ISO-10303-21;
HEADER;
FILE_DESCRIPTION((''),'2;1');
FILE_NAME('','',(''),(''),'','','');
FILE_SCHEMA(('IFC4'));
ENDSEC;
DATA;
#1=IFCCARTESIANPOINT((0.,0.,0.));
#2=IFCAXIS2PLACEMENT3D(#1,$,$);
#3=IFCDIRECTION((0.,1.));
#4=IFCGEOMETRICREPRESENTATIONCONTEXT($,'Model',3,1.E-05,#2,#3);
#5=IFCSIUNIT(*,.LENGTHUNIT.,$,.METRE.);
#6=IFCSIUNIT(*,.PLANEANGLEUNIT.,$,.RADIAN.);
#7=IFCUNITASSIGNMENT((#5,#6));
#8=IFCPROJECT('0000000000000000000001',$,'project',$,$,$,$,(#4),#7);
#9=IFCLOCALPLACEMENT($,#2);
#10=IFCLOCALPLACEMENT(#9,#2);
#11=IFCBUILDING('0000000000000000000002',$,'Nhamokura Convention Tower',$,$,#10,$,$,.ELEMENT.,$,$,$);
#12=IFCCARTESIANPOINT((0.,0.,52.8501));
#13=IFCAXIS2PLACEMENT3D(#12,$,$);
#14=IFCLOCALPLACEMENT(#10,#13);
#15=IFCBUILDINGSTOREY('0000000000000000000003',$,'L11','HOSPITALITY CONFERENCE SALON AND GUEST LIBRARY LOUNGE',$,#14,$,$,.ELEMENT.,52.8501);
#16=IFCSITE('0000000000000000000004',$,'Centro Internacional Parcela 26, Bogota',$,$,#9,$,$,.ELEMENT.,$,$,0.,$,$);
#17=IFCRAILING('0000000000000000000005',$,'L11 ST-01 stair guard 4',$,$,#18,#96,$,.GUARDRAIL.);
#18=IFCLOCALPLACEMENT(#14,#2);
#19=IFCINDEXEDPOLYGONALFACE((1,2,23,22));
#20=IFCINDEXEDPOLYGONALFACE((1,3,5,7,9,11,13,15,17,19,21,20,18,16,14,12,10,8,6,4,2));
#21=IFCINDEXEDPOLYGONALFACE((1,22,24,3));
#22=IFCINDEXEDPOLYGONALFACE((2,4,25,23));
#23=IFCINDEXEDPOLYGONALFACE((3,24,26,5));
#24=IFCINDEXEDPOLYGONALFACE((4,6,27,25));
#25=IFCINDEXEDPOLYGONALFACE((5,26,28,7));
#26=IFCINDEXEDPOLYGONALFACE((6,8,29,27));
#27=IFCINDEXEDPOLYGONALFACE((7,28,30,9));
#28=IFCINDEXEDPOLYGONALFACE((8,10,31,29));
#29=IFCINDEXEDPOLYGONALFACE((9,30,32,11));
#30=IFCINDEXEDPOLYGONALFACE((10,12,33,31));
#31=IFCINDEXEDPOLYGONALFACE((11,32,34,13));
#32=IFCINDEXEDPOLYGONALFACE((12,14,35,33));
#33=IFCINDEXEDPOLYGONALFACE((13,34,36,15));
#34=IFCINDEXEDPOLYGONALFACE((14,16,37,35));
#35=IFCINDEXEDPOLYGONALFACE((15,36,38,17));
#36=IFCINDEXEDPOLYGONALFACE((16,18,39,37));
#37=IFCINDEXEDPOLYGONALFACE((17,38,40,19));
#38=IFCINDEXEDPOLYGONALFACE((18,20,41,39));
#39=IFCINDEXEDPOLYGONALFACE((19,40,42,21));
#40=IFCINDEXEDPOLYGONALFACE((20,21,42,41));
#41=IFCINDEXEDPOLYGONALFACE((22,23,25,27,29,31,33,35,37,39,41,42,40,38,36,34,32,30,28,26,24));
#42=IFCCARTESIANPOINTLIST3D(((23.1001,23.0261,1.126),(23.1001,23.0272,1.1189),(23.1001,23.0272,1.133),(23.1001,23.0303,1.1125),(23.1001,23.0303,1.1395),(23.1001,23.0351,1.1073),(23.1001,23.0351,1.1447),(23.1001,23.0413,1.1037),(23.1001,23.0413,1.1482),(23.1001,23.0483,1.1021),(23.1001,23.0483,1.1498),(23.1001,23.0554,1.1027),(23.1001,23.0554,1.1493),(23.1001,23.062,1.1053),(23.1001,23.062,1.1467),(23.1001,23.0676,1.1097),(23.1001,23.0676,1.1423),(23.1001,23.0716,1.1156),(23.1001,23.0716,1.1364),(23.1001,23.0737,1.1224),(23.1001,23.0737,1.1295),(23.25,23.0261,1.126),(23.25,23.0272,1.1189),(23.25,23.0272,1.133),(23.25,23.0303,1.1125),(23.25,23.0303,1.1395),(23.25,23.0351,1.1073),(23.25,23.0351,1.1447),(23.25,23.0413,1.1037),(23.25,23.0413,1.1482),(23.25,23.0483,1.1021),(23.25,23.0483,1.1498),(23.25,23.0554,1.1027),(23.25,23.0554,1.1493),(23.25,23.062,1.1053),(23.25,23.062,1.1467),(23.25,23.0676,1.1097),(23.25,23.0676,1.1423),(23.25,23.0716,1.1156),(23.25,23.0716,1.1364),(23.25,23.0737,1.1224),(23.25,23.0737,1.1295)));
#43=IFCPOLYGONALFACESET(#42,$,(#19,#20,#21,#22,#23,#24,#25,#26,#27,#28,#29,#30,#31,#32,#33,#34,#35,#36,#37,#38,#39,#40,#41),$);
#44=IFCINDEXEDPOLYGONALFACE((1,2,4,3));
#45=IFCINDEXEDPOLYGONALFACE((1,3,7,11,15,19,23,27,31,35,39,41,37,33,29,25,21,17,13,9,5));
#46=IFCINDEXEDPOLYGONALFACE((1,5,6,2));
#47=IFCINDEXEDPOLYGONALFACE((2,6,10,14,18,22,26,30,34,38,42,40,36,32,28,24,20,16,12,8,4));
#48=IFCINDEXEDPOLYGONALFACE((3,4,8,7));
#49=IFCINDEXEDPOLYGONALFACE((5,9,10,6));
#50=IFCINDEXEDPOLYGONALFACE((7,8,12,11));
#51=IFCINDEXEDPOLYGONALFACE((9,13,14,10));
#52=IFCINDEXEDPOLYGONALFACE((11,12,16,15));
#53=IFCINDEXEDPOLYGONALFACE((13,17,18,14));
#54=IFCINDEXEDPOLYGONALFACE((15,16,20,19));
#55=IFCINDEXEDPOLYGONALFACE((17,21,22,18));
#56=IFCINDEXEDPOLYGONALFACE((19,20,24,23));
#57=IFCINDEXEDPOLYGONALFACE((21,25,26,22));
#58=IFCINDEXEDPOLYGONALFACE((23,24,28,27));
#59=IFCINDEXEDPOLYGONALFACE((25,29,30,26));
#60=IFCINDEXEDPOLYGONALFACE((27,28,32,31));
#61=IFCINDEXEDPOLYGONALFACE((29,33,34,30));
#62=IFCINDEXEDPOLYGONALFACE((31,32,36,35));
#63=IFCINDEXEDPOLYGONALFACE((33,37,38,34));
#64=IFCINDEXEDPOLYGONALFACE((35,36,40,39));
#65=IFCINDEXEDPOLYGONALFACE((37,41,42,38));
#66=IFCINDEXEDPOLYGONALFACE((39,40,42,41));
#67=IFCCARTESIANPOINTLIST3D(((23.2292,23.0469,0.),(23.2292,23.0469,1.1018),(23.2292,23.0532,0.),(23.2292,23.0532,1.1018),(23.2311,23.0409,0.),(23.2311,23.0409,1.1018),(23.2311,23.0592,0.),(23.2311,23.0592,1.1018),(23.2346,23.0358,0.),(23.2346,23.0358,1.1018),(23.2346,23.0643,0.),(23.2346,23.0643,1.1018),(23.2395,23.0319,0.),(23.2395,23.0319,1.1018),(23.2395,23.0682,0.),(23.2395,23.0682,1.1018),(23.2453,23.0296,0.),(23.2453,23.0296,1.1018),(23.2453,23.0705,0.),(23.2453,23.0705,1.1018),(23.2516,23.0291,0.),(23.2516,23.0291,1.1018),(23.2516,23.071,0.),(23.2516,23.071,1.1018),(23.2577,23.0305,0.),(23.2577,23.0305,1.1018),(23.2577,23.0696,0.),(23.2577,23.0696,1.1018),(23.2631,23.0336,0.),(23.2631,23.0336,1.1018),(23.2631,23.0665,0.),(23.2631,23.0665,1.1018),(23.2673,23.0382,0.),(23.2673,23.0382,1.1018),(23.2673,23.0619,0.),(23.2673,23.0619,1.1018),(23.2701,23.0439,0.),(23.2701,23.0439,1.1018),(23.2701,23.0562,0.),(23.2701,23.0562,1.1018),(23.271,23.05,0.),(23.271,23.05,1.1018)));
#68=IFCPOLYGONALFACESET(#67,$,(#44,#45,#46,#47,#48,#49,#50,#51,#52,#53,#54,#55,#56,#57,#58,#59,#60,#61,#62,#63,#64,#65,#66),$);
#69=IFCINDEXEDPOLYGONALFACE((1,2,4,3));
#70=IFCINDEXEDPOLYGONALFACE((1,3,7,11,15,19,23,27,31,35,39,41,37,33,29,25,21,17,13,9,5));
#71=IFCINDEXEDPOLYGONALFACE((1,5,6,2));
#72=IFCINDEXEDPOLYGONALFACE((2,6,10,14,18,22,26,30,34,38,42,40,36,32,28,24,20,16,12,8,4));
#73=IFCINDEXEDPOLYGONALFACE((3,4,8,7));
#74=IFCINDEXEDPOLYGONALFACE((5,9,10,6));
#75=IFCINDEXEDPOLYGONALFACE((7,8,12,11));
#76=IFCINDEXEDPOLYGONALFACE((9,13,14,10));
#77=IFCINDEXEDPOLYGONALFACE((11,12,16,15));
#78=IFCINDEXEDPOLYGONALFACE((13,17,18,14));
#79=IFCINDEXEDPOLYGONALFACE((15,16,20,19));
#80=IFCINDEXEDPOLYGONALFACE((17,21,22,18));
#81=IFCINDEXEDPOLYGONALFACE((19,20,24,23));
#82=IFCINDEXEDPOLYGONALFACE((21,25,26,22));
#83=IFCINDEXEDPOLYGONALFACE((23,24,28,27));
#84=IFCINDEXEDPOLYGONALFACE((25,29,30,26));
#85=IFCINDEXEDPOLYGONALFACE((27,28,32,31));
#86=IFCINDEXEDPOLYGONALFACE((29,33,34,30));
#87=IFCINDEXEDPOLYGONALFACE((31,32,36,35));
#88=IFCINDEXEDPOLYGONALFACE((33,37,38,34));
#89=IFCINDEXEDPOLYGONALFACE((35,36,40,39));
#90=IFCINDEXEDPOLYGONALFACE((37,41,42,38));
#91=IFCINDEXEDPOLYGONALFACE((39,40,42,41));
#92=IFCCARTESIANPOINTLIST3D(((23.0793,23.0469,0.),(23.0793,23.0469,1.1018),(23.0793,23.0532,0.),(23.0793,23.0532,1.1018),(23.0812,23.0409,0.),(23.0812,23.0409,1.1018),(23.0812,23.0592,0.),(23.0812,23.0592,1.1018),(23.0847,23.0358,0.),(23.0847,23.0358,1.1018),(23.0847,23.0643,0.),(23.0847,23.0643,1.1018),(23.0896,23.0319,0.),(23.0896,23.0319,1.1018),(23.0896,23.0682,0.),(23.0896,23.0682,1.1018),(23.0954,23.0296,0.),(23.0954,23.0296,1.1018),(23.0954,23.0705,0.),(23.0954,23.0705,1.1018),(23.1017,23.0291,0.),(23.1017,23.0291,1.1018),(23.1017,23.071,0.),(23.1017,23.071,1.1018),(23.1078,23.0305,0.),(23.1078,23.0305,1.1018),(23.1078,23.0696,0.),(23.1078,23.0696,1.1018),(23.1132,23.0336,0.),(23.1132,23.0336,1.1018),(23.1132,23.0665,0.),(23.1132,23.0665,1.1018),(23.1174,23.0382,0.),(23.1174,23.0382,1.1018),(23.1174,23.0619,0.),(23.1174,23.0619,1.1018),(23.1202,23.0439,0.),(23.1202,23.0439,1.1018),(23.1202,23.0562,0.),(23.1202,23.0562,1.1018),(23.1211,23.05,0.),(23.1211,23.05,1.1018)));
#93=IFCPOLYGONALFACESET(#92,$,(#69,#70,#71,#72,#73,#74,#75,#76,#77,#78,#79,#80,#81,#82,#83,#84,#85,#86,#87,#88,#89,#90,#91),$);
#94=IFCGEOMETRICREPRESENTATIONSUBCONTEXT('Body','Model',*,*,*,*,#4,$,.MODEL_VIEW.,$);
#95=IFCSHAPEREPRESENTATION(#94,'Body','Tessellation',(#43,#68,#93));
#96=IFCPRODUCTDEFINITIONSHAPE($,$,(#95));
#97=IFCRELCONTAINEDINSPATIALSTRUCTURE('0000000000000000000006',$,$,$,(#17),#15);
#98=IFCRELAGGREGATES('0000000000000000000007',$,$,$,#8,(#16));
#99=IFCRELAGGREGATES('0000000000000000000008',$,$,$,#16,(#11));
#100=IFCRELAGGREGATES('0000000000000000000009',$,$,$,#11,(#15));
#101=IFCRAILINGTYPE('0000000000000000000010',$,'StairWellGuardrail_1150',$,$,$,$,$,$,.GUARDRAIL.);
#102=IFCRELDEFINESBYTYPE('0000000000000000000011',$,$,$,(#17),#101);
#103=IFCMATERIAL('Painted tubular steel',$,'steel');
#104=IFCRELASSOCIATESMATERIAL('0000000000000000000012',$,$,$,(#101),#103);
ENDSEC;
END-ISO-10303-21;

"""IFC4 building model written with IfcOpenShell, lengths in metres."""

from ifc_helpers import new_model, si_unit, direction, frame, origin, origin_2d, place, context, subcontext, project, spatial, circle, extrude, material, type_object, element, save


model = new_model("IFC4")

# Units and contexts
model_context = context("Model", 3, precision=1e-05, world=origin(), true_north=direction((0.0, 1.0)))
body_context = subcontext(model_context, "Body", "Model", "MODEL_VIEW")
ifc_project = project(units=[si_unit("LENGTHUNIT", "METRE"), si_unit("PLANEANGLEUNIT", "RADIAN")], contexts=[model_context])

# Site, building, storey
site_placement = place(None, origin())
site = spatial("IfcSite", under=ifc_project, at=site_placement, Name="Centro Internacional Parcela 26, Bogota", CompositionType="ELEMENT", RefElevation=0.0)
building_placement = place(site_placement, origin())
building = spatial("IfcBuilding", under=site, at=building_placement, Name="Nhamokura Convention Tower", CompositionType="ELEMENT")
storey_placement = place(building_placement, frame((0.0, 0.0, 52.8501)))
storey = spatial("IfcBuildingStorey", under=building, at=storey_placement, Name="L11", Description="HOSPITALITY CONFERENCE SALON AND GUEST LIBRARY LOUNGE", CompositionType="ELEMENT", Elevation=52.8501)

# Railing
ifc_material_1 = material(Name="Painted tubular steel", Category="steel")
railing_type_1 = type_object("IfcRailingType", Name="StairWellGuardrail_1150", PredefinedType="GUARDRAIL", material=ifc_material_1)
railing_1_placement = place(storey_placement, frame((23.25, 23.05, 0.0)))
element("IfcRailing", 1, at=railing_1_placement, inside=storey, type_object=railing_type_1, Name="L11 ST-01 stair guard 4", PredefinedType="GUARDRAIL", context=body_context, shape_type="SweptSolid", body=[
    extrude(circle(Radius=0.0239, at=origin_2d()), frame((0.0, 0.0, 1.126), z_axis=(-1.0, 0.0, 0.0), x_axis=(0.0, -1.0, 0.0)), (0.0, 0.0, 1.0), 0.1499),
    extrude(circle(Radius=0.021, at=origin_2d()), origin(), (0.0, 0.0, 1.0), 1.1018),
    extrude(circle(Radius=0.021, at=origin_2d()), frame((-0.1499, 0.0, 0.0)), (0.0, 0.0, 1.0), 1.1018),
])

save(model, "model.ifc")
